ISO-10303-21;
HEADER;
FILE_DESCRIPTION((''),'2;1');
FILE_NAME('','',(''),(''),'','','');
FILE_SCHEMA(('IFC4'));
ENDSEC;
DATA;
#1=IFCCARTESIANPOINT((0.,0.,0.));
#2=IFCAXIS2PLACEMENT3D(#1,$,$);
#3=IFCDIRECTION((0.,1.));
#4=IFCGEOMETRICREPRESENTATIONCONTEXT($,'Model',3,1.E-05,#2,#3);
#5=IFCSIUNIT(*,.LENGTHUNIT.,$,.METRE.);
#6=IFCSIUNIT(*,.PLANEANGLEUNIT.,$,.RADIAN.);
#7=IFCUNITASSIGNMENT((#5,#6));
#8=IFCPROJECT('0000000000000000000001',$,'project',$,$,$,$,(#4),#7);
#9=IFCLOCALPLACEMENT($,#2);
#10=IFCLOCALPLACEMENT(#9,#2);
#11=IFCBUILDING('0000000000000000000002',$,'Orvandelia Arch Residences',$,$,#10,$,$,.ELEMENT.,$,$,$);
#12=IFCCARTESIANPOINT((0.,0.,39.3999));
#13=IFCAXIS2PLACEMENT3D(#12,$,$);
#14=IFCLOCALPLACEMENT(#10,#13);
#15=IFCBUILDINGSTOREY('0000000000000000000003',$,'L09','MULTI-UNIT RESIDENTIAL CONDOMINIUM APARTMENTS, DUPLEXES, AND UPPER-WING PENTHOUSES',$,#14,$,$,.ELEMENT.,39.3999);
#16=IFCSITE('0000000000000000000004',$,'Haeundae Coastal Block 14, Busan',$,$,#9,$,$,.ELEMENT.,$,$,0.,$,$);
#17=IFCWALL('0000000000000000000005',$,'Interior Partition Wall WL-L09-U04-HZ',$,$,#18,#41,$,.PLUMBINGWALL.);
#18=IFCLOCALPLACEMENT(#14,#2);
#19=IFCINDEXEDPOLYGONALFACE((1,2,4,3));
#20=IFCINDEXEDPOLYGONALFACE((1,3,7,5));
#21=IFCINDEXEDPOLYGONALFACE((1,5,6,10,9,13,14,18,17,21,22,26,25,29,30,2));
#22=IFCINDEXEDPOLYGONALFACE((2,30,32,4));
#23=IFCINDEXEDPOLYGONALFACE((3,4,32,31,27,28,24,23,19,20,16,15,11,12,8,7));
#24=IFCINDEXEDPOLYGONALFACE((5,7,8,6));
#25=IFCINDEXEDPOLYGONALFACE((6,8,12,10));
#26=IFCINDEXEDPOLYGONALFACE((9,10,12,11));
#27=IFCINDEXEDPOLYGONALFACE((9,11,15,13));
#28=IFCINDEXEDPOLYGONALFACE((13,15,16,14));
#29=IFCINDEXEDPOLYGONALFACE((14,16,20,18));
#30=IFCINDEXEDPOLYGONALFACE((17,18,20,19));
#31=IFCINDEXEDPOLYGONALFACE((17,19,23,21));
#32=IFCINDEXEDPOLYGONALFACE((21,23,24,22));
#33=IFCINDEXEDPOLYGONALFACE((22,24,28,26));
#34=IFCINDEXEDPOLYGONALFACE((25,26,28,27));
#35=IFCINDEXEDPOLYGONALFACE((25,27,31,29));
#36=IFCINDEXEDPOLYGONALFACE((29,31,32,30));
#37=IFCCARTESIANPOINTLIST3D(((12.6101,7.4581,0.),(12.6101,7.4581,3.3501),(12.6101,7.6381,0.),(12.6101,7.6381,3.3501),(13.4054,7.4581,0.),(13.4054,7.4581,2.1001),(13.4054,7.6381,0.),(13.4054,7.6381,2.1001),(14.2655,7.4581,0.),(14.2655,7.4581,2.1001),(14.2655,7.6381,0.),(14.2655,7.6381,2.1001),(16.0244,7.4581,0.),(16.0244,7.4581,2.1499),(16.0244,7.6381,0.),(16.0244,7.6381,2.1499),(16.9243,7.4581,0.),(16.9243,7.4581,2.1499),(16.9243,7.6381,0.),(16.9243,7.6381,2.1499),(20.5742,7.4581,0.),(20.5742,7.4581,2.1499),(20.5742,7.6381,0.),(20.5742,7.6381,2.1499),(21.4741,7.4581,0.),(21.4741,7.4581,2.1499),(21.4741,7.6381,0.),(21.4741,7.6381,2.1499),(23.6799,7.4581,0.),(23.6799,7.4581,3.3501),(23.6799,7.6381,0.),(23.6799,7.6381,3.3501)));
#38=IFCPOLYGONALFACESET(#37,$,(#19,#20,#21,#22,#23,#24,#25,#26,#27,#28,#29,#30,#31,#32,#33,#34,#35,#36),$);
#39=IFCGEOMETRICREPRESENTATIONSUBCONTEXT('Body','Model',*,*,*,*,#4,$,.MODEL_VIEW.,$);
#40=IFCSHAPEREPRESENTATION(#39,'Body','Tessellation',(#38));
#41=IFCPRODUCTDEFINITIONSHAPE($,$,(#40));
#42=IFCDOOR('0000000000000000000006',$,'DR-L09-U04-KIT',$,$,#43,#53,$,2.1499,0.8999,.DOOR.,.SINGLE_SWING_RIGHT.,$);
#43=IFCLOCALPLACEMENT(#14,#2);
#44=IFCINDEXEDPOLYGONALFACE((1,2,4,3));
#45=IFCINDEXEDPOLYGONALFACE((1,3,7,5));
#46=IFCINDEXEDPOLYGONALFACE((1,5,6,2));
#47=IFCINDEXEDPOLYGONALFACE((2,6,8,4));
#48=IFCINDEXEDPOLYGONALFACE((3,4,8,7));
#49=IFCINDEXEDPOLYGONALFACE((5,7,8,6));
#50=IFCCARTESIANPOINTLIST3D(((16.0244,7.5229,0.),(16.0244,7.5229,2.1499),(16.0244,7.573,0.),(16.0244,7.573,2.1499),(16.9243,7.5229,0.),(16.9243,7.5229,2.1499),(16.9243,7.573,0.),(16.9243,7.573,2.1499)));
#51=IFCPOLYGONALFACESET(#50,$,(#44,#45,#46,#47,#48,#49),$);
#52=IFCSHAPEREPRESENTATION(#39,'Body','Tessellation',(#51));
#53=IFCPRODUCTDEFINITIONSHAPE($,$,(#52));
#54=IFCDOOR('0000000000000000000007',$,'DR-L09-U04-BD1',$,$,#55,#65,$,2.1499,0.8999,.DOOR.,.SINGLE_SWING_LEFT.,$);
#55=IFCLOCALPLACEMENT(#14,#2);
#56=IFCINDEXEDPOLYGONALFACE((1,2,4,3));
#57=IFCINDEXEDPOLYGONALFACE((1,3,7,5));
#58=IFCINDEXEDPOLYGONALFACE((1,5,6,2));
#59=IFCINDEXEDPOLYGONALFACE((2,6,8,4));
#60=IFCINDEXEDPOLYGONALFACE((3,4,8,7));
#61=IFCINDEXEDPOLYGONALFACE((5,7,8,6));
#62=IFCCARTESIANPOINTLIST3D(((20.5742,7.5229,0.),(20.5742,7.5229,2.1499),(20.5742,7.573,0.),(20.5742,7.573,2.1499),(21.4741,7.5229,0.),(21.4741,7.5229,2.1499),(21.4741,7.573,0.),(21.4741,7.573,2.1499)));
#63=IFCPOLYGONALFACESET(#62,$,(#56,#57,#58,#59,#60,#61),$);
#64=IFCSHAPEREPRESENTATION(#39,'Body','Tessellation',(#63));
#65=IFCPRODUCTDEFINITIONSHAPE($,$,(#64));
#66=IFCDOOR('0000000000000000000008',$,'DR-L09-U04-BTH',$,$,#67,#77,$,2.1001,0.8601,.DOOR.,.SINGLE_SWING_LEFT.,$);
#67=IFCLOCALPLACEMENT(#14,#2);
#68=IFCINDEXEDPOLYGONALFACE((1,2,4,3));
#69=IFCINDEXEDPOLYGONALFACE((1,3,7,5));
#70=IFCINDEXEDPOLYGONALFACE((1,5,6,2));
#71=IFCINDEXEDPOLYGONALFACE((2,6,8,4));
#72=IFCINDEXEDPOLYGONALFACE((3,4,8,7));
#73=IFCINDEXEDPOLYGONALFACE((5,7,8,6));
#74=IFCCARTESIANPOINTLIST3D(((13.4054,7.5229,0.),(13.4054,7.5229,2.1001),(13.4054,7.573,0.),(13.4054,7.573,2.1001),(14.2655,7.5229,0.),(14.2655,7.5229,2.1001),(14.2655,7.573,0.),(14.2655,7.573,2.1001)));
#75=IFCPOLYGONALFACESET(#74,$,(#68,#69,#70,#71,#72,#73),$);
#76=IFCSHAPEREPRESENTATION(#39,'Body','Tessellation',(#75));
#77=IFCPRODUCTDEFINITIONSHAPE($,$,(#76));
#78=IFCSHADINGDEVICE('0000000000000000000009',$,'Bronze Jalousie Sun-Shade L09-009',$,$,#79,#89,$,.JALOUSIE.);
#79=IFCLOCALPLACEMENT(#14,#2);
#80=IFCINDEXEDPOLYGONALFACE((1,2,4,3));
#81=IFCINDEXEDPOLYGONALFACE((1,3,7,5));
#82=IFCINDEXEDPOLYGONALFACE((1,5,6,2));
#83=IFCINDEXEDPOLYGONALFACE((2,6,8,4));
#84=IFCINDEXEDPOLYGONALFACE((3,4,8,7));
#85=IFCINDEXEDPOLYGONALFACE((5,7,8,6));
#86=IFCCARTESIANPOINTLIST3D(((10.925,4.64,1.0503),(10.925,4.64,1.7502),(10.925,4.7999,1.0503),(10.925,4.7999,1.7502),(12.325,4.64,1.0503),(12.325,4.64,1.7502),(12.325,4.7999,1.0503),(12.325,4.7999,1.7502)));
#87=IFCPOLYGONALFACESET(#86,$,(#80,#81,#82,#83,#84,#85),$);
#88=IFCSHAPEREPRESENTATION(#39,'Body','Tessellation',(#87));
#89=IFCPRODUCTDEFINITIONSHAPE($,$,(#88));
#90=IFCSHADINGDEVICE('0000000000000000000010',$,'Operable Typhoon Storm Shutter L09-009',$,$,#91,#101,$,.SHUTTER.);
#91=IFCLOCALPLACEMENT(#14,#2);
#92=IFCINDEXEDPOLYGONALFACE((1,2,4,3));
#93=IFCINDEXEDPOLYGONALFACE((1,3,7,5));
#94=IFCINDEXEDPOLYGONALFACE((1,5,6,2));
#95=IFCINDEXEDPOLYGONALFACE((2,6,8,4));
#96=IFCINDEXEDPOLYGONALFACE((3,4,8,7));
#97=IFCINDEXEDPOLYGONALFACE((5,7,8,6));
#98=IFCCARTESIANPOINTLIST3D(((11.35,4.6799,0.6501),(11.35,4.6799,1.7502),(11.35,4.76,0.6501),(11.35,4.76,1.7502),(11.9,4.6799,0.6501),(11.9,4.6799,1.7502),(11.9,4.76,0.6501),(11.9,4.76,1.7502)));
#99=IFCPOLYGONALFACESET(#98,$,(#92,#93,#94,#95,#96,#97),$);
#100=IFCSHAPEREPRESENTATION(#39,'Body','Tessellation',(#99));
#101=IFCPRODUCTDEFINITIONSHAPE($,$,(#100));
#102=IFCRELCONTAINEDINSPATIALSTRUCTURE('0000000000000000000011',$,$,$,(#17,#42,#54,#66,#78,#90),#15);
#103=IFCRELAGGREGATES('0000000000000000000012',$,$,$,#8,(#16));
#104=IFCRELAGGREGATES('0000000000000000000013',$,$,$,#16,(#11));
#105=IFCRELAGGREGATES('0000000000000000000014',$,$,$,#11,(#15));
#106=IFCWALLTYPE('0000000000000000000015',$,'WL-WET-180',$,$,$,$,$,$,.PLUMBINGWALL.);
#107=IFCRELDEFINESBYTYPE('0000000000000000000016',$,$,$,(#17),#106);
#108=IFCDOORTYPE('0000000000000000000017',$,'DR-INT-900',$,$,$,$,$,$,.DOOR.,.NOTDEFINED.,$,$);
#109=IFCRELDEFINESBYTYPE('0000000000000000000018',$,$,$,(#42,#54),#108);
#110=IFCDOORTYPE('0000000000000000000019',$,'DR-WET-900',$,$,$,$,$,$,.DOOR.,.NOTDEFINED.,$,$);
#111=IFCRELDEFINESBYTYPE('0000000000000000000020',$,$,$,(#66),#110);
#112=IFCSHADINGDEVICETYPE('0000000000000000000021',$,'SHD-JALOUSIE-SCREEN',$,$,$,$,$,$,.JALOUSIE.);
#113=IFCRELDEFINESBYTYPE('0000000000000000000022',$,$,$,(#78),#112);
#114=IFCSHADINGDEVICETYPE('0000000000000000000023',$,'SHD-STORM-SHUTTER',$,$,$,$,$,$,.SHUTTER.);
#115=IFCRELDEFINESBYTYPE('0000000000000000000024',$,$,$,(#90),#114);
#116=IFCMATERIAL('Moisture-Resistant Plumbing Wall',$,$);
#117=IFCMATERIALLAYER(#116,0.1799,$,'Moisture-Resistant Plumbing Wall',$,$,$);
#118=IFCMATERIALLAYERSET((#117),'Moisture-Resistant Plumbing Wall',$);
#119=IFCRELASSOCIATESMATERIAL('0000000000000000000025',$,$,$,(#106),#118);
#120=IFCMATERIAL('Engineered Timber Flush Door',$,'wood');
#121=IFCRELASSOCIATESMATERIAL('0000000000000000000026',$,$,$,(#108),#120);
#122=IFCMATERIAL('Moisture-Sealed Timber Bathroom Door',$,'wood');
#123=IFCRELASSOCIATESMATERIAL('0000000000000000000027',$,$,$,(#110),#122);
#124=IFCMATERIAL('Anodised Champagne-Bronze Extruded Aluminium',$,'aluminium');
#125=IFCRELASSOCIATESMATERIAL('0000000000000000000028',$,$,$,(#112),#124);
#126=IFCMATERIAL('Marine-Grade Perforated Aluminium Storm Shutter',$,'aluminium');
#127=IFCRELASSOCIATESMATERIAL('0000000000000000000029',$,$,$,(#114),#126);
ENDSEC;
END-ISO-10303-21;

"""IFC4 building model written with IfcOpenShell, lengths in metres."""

from ifc_helpers import new_model, si_unit, direction, frame, frame_2d, origin, origin_2d, place, context, subcontext, project, spatial, rectangle, extrude, material, layer, layer_set, type_object, element, fill, save


model = new_model("IFC4")

# Units and contexts
model_context = context("Model", 3, precision=1e-05, world=origin(), true_north=direction((0.0, 1.0)))
body_context = subcontext(model_context, "Body", "Model", "MODEL_VIEW")
ifc_project = project(units=[si_unit("LENGTHUNIT", "METRE"), si_unit("PLANEANGLEUNIT", "RADIAN")], contexts=[model_context])

# Site, building, storey
site_placement = place(None, origin())
site = spatial("IfcSite", under=ifc_project, at=site_placement, Name="Haeundae Coastal Block 14, Busan", CompositionType="ELEMENT", RefElevation=0.0)
building_placement = place(site_placement, origin())
building = spatial("IfcBuilding", under=site, at=building_placement, Name="Orvandelia Arch Residences", CompositionType="ELEMENT")
storey_placement = place(building_placement, frame((0.0, 0.0, 39.3999)))
storey = spatial("IfcBuildingStorey", under=building, at=storey_placement, Name="L09", Description="MULTI-UNIT RESIDENTIAL CONDOMINIUM APARTMENTS, DUPLEXES, AND UPPER-WING PENTHOUSES", CompositionType="ELEMENT", Elevation=39.3999)

# Shared definitions
ifc_material_1 = material(Name="Moisture-Resistant Plumbing Wall")
ifc_layer_1 = layer(ifc_material_1, 0.1799, Name="Moisture-Resistant Plumbing Wall")
ifc_layer_set_1 = layer_set([ifc_layer_1], Name="Moisture-Resistant Plumbing Wall")
wall_type_1 = type_object("IfcWallType", Name="WL-WET-180", PredefinedType="PLUMBINGWALL", material=ifc_layer_set_1)

# Wall, openings, doors
wall_1_placement = place(storey_placement, frame((12.6101, 7.5481, 0.0), z_axis=(0.0, 0.0, 1.0), x_axis=(1.0, 0.0, 0.0)))
wall_1 = element("IfcWall", 1, at=wall_1_placement, inside=storey, type_object=wall_type_1, Name="Interior Partition Wall WL-L09-U04-HZ", PredefinedType="PLUMBINGWALL", context=body_context, shape_type="SweptSolid", body=[
    extrude(rectangle(XDim=11.0698, YDim=0.1799, at=frame_2d((5.5349, 0.0))), origin(), (0.0, 0.0, 1.0), 3.3501),
])
opening_1_placement = place(wall_1_placement, frame((0.7952, 0.0, 0.0)))
opening_1 = element("IfcOpeningElement", 2, at=opening_1_placement, cuts=wall_1, PredefinedType="OPENING", context=body_context, shape_type="SweptSolid", body=[
    extrude(rectangle(XDim=0.8601, YDim=2.1001, at=frame_2d((0.4302, 1.05))), frame((0.0, 0.1001, 0.0), z_axis=(0.0, -1.0, 0.0), x_axis=(1.0, 0.0, 0.0)), (0.0, 0.0, 1.0), 0.2),
])
opening_2_placement = place(wall_1_placement, frame((3.4143, 0.0, 0.0)))
opening_2 = element("IfcOpeningElement", 3, at=opening_2_placement, cuts=wall_1, PredefinedType="OPENING", context=body_context, shape_type="SweptSolid", body=[
    extrude(rectangle(XDim=0.8999, YDim=2.1499, at=frame_2d((0.45, 1.075))), frame((0.0, 0.1001, 0.0), z_axis=(0.0, -1.0, 0.0), x_axis=(1.0, 0.0, 0.0)), (0.0, 0.0, 1.0), 0.2),
])
opening_3_placement = place(wall_1_placement, frame((7.9641, 0.0, 0.0)))
opening_3 = element("IfcOpeningElement", 4, at=opening_3_placement, cuts=wall_1, PredefinedType="OPENING", context=body_context, shape_type="SweptSolid", body=[
    extrude(rectangle(XDim=0.8999, YDim=2.1499, at=frame_2d((0.45, 1.075))), frame((0.0, 0.1001, 0.0), z_axis=(0.0, -1.0, 0.0), x_axis=(1.0, 0.0, 0.0)), (0.0, 0.0, 1.0), 0.2),
])
ifc_material_2 = material(Name="Engineered Timber Flush Door", Category="wood")
door_type_1 = type_object("IfcDoorType", Name="DR-INT-900", OperationType="NOTDEFINED", PredefinedType="DOOR", material=ifc_material_2)
door_1_placement = place(opening_2_placement, origin())
door_1 = element("IfcDoor", 5, at=door_1_placement, inside=storey, type_object=door_type_1, Name="DR-L09-U04-KIT", OperationType="SINGLE_SWING_RIGHT", OverallHeight=2.1499, OverallWidth=0.8999, PredefinedType="DOOR", context=body_context, shape_type="SweptSolid", body=[
    extrude(rectangle(XDim=0.8999, YDim=2.1499, at=frame_2d((0.45, 1.075))), frame((0.0, 0.0249, 0.0), z_axis=(0.0, -1.0, 0.0), x_axis=(1.0, 0.0, 0.0)), (0.0, 0.0, 1.0), 0.05),
])
fill(opening_2, door_1)
door_2_placement = place(opening_3_placement, origin())
door_2 = element("IfcDoor", 6, at=door_2_placement, inside=storey, type_object=door_type_1, Name="DR-L09-U04-BD1", OperationType="SINGLE_SWING_LEFT", OverallHeight=2.1499, OverallWidth=0.8999, PredefinedType="DOOR", context=body_context, shape_type="SweptSolid", body=[
    extrude(rectangle(XDim=0.8999, YDim=2.1499, at=frame_2d((0.45, 1.075))), frame((0.0, 0.0249, 0.0), z_axis=(0.0, -1.0, 0.0), x_axis=(1.0, 0.0, 0.0)), (0.0, 0.0, 1.0), 0.05),
])
fill(opening_3, door_2)
ifc_material_3 = material(Name="Moisture-Sealed Timber Bathroom Door", Category="wood")
door_type_2 = type_object("IfcDoorType", Name="DR-WET-900", OperationType="NOTDEFINED", PredefinedType="DOOR", material=ifc_material_3)
door_3_placement = place(opening_1_placement, origin())
door_3 = element("IfcDoor", 7, at=door_3_placement, inside=storey, type_object=door_type_2, Name="DR-L09-U04-BTH", OperationType="SINGLE_SWING_LEFT", OverallHeight=2.1001, OverallWidth=0.8601, PredefinedType="DOOR", context=body_context, shape_type="SweptSolid", body=[
    extrude(rectangle(XDim=0.8601, YDim=2.1001, at=frame_2d((0.4302, 1.05))), frame((0.0, 0.0249, 0.0), z_axis=(0.0, -1.0, 0.0), x_axis=(1.0, 0.0, 0.0)), (0.0, 0.0, 1.0), 0.05),
])
fill(opening_1, door_3)

# Shading devices
ifc_material_4 = material(Name="Anodised Champagne-Bronze Extruded Aluminium", Category="aluminium")
shading_device_type_1 = type_object("IfcShadingDeviceType", Name="SHD-JALOUSIE-SCREEN", PredefinedType="JALOUSIE", material=ifc_material_4)
shading_device_1_placement = place(storey_placement, frame((11.625, 4.72, 1.0503), z_axis=(0.0, 0.0, 1.0), x_axis=(-1.0, 0.0, 0.0)))
element("IfcShadingDevice", 8, at=shading_device_1_placement, inside=storey, type_object=shading_device_type_1, Name="Bronze Jalousie Sun-Shade L09-009", PredefinedType="JALOUSIE", context=body_context, shape_type="SweptSolid", body=[
    extrude(rectangle(XDim=1.3999, YDim=0.1599, at=origin_2d()), origin(), (0.0, 0.0, 1.0), 0.7),
])
ifc_material_5 = material(Name="Marine-Grade Perforated Aluminium Storm Shutter", Category="aluminium")
shading_device_type_2 = type_object("IfcShadingDeviceType", Name="SHD-STORM-SHUTTER", PredefinedType="SHUTTER", material=ifc_material_5)
shading_device_2_placement = place(storey_placement, frame((11.625, 4.72, 0.6501), z_axis=(0.0, 0.0, 1.0), x_axis=(-1.0, 0.0, 0.0)))
element("IfcShadingDevice", 9, at=shading_device_2_placement, inside=storey, type_object=shading_device_type_2, Name="Operable Typhoon Storm Shutter L09-009", PredefinedType="SHUTTER", context=body_context, shape_type="SweptSolid", body=[
    extrude(rectangle(XDim=0.55, YDim=0.0801, at=origin_2d()), origin(), (0.0, 0.0, 1.0), 1.1001),
])

save(model, "model.ifc")
